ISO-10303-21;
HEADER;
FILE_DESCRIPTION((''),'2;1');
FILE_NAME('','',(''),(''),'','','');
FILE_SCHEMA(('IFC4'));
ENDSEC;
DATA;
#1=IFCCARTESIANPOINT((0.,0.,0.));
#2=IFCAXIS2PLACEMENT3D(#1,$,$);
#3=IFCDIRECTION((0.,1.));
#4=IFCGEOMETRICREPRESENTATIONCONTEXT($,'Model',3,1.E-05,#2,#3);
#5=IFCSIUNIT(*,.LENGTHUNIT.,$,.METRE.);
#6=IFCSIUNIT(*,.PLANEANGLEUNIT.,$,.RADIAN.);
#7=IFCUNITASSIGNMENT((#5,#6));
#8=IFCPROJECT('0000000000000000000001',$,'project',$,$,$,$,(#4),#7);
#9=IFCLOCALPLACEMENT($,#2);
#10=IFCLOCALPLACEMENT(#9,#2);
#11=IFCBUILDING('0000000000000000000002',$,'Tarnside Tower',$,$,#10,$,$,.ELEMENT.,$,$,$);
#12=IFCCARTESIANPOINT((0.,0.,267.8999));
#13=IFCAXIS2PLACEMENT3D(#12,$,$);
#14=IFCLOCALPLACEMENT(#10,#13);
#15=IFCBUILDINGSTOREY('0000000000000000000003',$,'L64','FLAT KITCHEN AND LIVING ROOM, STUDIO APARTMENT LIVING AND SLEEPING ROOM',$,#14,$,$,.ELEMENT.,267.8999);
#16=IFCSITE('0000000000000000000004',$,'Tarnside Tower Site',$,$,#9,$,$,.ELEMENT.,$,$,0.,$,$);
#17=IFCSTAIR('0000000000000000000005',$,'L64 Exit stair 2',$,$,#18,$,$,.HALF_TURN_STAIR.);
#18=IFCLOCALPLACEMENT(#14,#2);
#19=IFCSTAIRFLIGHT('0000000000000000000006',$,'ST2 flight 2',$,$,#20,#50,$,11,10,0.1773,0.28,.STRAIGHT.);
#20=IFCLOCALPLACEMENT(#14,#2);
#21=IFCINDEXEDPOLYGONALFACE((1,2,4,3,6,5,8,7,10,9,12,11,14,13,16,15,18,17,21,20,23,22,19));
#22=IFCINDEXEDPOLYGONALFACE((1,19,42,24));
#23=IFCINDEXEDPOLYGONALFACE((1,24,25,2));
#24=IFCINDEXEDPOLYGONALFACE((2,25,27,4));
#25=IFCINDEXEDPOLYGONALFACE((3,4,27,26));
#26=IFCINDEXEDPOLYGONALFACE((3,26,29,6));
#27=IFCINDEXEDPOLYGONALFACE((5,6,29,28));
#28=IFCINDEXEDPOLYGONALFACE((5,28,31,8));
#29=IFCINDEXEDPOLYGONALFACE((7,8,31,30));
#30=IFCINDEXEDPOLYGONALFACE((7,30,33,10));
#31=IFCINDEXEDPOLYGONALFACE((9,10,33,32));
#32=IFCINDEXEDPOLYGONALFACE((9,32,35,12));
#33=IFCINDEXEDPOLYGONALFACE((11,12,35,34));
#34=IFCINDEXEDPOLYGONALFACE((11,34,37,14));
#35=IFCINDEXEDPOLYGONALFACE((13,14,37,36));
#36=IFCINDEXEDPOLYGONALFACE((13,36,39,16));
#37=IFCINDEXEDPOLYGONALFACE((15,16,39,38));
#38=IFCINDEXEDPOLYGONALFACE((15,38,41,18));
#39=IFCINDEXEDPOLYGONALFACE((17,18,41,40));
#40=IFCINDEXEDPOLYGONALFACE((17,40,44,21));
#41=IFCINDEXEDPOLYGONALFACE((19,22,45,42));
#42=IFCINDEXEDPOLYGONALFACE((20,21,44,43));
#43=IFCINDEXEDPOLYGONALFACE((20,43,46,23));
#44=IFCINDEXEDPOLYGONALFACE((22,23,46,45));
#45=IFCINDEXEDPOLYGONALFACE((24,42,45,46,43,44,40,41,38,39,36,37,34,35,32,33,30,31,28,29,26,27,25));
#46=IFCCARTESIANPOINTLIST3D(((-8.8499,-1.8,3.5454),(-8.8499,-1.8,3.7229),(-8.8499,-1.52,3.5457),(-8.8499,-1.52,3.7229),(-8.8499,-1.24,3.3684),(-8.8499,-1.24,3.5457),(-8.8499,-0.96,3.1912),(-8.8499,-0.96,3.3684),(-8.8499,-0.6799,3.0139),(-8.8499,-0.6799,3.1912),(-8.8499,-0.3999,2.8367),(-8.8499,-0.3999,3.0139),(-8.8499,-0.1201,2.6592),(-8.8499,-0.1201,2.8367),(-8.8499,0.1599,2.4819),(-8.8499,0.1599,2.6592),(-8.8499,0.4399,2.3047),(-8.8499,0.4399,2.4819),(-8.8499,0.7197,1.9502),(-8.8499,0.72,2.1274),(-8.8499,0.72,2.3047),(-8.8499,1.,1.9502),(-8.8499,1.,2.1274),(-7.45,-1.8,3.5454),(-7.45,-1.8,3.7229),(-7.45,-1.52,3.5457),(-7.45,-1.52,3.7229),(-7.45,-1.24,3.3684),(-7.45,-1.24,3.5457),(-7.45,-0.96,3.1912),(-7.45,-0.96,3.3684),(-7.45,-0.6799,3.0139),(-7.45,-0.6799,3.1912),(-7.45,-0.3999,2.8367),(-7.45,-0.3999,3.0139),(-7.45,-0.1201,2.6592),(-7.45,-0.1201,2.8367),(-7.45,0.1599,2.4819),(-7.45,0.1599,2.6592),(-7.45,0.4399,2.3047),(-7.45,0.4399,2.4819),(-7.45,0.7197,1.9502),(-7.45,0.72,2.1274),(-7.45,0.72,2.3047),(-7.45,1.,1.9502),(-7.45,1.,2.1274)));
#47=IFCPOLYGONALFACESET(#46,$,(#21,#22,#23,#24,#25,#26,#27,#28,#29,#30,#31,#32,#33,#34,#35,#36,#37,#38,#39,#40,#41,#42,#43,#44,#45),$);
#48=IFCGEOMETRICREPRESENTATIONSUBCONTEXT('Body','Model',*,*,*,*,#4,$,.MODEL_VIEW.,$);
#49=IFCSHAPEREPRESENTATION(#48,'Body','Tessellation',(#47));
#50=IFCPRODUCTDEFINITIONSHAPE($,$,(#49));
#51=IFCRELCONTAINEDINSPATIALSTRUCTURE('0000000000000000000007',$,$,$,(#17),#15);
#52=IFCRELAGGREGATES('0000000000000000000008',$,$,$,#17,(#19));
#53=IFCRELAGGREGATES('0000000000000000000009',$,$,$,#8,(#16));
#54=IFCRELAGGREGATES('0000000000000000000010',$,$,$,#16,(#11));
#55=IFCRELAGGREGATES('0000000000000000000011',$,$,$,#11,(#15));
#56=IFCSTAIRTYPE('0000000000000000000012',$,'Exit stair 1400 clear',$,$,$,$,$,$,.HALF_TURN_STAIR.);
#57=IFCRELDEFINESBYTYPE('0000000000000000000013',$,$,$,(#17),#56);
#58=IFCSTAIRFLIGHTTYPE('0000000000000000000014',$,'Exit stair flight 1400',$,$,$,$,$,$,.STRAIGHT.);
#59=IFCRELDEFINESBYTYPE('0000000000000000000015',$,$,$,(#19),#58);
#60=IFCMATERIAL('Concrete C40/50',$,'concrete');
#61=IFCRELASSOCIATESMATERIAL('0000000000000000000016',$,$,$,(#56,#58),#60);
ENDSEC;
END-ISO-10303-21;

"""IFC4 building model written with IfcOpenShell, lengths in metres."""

from ifc_helpers import new_model, si_unit, direction, frame, origin, place, context, subcontext, project, spatial, polyline, outline, extrude, material, type_object, element, aggregate, save


model = new_model("IFC4")

# Units and contexts
model_context = context("Model", 3, precision=1e-05, world=origin(), true_north=direction((0.0, 1.0)))
body_context = subcontext(model_context, "Body", "Model", "MODEL_VIEW")
ifc_project = project(units=[si_unit("LENGTHUNIT", "METRE"), si_unit("PLANEANGLEUNIT", "RADIAN")], contexts=[model_context])

# Site, building, storey
site_placement = place(None, origin())
site = spatial("IfcSite", under=ifc_project, at=site_placement, Name="Tarnside Tower Site", CompositionType="ELEMENT", RefElevation=0.0)
building_placement = place(site_placement, origin())
building = spatial("IfcBuilding", under=site, at=building_placement, Name="Tarnside Tower", CompositionType="ELEMENT")
storey_placement = place(building_placement, frame((0.0, 0.0, 267.8999)))
storey = spatial("IfcBuildingStorey", under=building, at=storey_placement, Name="L64", Description="FLAT KITCHEN AND LIVING ROOM, STUDIO APARTMENT LIVING AND SLEEPING ROOM", CompositionType="ELEMENT", Elevation=267.8999)

# Shared definitions
ifc_material_1 = material(Name="Concrete C40/50", Category="concrete")

# Stair
stair_type = type_object("IfcStairType", Name="Exit stair 1400 clear", PredefinedType="HALF_TURN_STAIR", material=ifc_material_1)
stair_1_placement = place(storey_placement, origin())
stair_1 = element("IfcStair", 1, at=stair_1_placement, inside=storey, type_object=stair_type, Name="L64 Exit stair 2", PredefinedType="HALF_TURN_STAIR")

# Stair flight
stair_flight_type = type_object("IfcStairFlightType", Name="Exit stair flight 1400", PredefinedType="STRAIGHT", material=ifc_material_1)
stair_flight_placement = place(storey_placement, frame((-8.1499, 1.0, 1.9502), z_axis=(0.0, 0.0, 1.0), x_axis=(0.0, -1.0, 0.0)))
stair_flight = element("IfcStairFlight", 2, at=stair_flight_placement, type_object=stair_flight_type, Name="ST2 flight 2", NumberOfRisers=11, NumberOfTreads=10, PredefinedType="STRAIGHT", RiserHeight=0.1773, TreadLength=0.28, context=body_context, shape_type="SweptSolid", body=[
    extrude(outline(polyline([(0.0, 0.0), (0.0, 0.1772), (0.28, 0.1772), (0.28, 0.3545), (0.5601, 0.3545), (0.5601, 0.5317), (0.8401, 0.5317), (0.8401, 0.709), (1.1201, 0.709), (1.1201, 0.8865), (1.3999, 0.8865), (1.3999, 1.0637), (1.6799, 1.0637), (1.6799, 1.241), (1.96, 1.241), (1.96, 1.4182), (2.24, 1.4182), (2.24, 1.5955), (2.52, 1.5955), (2.52, 1.7727), (2.8, 1.7727), (2.8, 1.95), (2.8, 1.5952), (0.2803, 0.0), (0.0, 0.0)])), frame((0.0, 0.7, 0.0), z_axis=(0.0, -1.0, 0.0), x_axis=(1.0, 0.0, 0.0)), (0.0, 0.0, 1.0), 1.3999),
])
aggregate(stair_1, [stair_flight])

save(model, "model.ifc")
